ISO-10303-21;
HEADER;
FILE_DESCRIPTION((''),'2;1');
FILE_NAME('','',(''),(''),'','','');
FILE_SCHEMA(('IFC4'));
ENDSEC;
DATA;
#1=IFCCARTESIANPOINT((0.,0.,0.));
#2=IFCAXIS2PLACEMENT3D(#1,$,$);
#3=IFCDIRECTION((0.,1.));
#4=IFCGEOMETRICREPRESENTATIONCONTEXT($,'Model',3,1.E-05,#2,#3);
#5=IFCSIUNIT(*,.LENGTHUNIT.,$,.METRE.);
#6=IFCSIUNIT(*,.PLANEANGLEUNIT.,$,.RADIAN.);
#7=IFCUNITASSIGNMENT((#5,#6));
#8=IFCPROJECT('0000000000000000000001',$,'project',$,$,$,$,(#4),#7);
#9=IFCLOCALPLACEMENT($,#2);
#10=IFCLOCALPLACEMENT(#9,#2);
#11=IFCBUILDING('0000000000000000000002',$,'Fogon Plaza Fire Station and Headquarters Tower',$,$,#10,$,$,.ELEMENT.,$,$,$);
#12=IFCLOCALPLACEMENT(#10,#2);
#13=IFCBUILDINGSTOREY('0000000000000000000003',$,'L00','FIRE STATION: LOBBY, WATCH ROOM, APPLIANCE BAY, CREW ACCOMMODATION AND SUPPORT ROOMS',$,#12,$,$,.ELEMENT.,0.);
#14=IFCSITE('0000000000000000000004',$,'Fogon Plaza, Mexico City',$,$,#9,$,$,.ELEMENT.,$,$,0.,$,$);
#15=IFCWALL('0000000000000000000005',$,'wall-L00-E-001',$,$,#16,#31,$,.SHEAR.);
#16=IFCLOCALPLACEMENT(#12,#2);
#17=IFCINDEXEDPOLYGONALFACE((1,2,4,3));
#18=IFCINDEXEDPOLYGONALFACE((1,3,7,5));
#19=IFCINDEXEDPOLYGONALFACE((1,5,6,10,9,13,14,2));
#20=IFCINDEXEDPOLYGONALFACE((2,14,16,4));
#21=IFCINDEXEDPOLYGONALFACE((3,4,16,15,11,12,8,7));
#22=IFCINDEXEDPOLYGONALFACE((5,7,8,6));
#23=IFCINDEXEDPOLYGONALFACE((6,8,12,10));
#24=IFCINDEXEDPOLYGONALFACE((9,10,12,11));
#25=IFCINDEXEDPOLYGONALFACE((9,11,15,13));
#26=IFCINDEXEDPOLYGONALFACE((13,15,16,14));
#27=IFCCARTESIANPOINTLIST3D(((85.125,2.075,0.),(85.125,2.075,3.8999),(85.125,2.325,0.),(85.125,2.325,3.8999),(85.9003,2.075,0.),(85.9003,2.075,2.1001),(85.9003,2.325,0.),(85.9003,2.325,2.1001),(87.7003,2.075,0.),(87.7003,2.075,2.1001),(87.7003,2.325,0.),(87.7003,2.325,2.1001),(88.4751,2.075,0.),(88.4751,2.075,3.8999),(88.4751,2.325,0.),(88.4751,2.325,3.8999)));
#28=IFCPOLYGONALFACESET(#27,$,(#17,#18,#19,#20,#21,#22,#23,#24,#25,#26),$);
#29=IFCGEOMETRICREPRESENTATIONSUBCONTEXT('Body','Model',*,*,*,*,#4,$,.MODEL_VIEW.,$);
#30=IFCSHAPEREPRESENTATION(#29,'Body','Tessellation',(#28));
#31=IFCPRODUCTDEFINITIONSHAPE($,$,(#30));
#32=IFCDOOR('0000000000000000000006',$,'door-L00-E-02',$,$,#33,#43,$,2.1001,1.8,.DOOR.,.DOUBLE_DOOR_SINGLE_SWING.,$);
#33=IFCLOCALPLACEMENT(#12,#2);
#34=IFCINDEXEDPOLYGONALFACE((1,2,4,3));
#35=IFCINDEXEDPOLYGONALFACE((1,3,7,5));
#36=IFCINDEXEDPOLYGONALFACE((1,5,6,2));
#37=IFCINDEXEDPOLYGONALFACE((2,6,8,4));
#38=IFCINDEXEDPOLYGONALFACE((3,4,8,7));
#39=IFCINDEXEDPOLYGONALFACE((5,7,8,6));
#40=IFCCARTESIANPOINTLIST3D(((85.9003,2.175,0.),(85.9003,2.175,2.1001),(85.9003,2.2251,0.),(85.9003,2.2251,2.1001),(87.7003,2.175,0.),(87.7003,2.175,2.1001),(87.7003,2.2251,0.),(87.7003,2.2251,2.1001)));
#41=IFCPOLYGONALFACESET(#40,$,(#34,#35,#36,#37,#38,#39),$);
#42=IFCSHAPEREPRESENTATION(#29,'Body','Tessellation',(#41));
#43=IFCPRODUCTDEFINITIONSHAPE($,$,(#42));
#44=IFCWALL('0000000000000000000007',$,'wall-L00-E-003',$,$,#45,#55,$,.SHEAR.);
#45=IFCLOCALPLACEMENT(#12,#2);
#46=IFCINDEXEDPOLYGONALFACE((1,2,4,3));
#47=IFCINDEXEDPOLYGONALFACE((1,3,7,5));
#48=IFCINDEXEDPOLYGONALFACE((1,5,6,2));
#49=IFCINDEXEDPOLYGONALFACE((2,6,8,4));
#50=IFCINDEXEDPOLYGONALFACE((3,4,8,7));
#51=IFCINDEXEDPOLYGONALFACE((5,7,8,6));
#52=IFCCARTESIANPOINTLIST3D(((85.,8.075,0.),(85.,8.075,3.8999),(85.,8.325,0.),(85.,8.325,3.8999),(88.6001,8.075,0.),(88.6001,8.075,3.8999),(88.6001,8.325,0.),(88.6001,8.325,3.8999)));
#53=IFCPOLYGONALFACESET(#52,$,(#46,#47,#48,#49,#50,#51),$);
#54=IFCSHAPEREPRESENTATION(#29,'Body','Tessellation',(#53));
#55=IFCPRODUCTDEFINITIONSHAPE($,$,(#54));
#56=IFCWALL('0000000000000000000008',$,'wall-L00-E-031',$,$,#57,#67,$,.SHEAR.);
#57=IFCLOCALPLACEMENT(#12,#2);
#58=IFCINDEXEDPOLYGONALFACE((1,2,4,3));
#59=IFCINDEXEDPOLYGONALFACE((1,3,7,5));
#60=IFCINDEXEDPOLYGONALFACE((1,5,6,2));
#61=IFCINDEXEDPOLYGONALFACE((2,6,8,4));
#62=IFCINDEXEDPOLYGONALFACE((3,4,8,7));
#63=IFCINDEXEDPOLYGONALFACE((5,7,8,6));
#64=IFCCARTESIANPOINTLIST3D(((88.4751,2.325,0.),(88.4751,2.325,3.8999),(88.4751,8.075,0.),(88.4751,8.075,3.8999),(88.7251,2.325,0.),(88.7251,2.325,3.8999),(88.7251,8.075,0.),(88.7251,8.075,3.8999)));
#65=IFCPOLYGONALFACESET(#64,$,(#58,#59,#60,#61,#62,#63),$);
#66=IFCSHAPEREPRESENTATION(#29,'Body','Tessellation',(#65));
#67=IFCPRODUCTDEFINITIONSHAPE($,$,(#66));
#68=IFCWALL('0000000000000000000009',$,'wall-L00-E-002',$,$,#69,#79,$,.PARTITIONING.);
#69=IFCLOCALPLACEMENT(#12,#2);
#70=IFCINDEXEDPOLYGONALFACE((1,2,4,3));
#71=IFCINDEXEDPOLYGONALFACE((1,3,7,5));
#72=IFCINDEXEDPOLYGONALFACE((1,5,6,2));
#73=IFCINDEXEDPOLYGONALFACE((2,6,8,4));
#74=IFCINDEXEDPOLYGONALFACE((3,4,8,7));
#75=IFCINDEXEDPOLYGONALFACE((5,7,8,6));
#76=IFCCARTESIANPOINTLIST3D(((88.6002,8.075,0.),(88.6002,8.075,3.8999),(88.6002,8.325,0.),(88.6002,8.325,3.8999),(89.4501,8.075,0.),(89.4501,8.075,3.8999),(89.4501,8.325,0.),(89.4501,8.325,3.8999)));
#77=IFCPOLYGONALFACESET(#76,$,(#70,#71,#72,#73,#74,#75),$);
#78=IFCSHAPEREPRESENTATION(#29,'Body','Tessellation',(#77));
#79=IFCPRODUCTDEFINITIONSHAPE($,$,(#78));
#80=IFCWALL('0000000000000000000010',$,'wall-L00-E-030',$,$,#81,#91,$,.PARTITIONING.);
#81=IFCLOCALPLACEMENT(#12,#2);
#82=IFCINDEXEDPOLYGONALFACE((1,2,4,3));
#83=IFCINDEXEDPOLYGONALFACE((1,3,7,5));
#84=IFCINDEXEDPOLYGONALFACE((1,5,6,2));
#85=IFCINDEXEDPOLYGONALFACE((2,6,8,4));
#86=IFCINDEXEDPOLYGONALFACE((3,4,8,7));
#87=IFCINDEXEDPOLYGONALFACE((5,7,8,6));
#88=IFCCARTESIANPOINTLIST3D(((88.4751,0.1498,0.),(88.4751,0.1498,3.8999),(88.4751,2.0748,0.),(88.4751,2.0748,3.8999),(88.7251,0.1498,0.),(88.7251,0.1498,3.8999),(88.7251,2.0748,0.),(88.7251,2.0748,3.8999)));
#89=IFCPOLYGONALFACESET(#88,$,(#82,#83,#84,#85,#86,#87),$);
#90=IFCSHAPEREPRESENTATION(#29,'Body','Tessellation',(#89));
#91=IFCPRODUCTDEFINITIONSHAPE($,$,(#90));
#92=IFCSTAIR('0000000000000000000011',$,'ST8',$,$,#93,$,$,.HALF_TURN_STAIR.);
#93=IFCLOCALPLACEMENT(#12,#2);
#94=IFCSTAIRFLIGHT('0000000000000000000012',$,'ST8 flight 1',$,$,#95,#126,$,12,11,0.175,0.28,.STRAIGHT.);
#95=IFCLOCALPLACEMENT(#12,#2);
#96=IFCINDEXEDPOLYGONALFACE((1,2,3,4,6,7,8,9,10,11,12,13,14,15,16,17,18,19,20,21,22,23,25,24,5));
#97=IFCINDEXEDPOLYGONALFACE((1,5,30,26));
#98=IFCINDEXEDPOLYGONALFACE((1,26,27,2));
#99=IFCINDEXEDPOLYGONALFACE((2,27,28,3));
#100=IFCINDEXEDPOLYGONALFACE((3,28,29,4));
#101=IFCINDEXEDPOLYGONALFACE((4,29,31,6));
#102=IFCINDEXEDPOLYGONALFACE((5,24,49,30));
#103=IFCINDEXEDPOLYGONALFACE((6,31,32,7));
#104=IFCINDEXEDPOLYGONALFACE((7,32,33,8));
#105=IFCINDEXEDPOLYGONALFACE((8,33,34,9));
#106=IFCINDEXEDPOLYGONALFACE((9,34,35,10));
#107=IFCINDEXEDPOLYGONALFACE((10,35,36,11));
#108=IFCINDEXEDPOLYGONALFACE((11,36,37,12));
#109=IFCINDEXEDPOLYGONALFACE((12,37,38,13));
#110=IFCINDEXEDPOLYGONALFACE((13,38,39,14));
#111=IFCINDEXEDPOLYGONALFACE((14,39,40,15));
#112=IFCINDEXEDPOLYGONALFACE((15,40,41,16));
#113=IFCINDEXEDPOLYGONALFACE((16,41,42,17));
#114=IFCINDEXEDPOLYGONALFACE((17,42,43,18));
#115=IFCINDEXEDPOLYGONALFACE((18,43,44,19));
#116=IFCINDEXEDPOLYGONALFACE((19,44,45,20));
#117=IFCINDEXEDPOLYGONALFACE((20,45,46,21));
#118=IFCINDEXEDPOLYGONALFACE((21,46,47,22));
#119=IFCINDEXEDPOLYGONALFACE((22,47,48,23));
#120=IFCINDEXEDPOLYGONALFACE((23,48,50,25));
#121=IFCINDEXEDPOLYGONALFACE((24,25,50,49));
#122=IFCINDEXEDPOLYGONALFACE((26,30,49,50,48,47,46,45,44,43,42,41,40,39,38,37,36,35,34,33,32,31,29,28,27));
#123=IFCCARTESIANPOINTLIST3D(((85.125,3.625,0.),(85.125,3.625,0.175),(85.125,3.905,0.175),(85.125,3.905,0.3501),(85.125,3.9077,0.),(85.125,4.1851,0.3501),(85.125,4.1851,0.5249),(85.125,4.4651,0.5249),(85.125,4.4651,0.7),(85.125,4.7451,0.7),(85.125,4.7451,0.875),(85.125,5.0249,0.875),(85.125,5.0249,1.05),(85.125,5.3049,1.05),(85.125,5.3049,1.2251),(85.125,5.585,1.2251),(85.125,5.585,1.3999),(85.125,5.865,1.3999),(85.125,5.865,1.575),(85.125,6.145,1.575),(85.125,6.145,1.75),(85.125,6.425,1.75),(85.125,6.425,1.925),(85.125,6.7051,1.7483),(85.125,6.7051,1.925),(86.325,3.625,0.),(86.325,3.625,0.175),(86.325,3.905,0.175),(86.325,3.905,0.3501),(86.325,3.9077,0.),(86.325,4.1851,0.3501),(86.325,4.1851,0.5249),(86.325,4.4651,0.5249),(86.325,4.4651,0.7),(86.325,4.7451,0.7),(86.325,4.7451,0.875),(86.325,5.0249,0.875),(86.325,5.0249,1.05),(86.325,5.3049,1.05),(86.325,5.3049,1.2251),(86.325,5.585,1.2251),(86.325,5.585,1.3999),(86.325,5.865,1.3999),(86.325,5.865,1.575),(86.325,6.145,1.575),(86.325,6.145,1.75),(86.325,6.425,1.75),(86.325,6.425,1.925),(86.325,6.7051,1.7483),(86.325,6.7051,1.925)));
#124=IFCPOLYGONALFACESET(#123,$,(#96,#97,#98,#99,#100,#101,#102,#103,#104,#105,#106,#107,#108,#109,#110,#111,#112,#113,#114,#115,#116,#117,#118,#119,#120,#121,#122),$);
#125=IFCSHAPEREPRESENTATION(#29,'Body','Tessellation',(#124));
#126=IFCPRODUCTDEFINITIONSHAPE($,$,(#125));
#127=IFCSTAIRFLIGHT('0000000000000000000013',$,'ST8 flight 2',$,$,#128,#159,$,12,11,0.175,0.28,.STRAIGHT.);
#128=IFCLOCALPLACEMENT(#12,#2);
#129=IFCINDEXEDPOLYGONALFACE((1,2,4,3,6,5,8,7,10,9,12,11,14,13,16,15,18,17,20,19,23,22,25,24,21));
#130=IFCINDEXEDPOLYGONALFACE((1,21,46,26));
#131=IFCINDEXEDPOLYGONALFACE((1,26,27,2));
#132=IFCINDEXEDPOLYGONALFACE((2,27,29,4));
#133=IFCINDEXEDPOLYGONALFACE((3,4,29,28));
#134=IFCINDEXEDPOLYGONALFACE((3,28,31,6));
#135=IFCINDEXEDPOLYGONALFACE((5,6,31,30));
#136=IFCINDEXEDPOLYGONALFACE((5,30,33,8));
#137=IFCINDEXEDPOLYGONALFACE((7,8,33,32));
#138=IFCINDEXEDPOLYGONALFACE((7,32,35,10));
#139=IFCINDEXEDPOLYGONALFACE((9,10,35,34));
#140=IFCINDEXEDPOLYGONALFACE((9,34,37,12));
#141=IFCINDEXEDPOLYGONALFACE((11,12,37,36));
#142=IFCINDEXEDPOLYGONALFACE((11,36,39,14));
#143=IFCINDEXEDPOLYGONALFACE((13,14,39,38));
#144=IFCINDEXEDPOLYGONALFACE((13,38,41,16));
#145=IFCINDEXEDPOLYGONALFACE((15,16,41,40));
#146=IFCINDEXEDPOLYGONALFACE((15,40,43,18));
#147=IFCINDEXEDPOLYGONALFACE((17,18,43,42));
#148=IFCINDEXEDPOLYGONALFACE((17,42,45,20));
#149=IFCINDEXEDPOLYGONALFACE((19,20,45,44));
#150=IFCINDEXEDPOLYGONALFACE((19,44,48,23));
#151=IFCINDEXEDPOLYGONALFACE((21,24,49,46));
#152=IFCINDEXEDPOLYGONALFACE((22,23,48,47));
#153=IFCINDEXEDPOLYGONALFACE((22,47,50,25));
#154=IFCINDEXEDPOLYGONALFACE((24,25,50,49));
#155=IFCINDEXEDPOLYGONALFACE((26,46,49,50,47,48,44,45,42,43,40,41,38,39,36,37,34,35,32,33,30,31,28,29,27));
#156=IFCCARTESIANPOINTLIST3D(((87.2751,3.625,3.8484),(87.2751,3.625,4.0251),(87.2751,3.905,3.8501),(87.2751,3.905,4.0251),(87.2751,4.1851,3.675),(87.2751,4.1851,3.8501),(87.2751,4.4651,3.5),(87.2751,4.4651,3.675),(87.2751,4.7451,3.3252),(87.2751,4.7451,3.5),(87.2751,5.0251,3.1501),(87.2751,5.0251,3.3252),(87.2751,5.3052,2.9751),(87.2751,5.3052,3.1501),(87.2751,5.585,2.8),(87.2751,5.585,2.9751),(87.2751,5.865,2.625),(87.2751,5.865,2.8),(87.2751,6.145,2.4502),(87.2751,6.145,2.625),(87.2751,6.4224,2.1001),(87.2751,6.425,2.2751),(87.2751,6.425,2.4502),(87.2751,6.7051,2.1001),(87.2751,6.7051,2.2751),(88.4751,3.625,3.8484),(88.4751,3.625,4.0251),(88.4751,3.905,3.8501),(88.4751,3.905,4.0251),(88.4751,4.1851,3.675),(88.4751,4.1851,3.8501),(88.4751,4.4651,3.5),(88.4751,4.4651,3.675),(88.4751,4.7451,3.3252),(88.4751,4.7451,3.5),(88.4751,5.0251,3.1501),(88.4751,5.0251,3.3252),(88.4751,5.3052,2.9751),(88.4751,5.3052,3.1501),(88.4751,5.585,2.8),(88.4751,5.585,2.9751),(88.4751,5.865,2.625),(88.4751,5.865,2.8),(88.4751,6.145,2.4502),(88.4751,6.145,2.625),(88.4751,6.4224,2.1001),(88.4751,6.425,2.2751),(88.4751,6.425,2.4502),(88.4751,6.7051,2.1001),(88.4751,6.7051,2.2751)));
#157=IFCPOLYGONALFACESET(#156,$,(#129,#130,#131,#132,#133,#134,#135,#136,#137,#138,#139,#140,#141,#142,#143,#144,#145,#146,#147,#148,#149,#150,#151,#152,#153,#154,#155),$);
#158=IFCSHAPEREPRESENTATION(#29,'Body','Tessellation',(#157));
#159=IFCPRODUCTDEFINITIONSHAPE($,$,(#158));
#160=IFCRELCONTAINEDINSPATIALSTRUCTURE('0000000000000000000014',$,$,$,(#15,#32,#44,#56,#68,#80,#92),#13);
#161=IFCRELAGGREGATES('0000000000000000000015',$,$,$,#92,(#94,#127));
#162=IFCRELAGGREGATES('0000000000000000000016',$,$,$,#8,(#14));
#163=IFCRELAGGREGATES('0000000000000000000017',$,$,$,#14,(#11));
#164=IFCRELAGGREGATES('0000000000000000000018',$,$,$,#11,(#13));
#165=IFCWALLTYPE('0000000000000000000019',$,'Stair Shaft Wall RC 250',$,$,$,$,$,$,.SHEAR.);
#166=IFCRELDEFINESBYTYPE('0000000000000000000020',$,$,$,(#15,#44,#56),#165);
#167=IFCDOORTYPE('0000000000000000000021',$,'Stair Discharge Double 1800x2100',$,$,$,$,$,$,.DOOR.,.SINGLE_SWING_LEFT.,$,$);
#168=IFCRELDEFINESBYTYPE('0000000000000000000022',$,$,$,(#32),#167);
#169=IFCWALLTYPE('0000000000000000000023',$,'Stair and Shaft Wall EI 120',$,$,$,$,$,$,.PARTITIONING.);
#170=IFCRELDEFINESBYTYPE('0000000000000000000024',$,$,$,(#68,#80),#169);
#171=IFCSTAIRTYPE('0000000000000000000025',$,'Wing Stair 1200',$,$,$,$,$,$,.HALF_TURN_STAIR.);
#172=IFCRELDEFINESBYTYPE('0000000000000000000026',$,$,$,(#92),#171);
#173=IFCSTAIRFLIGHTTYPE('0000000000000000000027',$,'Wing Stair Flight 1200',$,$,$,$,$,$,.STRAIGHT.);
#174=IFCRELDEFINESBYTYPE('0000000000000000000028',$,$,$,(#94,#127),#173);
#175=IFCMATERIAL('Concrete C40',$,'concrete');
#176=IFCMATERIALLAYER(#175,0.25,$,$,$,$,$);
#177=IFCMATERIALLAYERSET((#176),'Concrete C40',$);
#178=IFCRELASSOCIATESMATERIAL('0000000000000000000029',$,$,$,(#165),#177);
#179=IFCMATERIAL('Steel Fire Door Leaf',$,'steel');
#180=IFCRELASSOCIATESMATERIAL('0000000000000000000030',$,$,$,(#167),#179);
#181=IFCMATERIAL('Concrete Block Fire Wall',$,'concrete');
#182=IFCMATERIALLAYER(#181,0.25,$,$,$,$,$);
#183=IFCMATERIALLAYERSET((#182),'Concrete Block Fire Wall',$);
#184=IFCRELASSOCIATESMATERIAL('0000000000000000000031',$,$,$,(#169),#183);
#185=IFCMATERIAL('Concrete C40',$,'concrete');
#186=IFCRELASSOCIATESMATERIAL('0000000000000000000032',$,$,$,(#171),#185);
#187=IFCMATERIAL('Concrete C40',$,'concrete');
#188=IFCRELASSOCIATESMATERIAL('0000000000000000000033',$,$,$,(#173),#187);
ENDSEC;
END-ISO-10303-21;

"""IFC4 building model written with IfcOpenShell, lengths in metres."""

from ifc_helpers import new_model, si_unit, direction, frame, frame_2d, origin, place, context, subcontext, project, spatial, polyline, rectangle, outline, extrude, material, layer, layer_set, type_object, element, fill, aggregate, save


model = new_model("IFC4")

# Units and contexts
model_context = context("Model", 3, precision=1e-05, world=origin(), true_north=direction((0.0, 1.0)))
body_context = subcontext(model_context, "Body", "Model", "MODEL_VIEW")
ifc_project = project(units=[si_unit("LENGTHUNIT", "METRE"), si_unit("PLANEANGLEUNIT", "RADIAN")], contexts=[model_context])

# Site, building, storey
site_placement = place(None, origin())
site = spatial("IfcSite", under=ifc_project, at=site_placement, Name="Fogon Plaza, Mexico City", CompositionType="ELEMENT", RefElevation=0.0)
building_placement = place(site_placement, origin())
building = spatial("IfcBuilding", under=site, at=building_placement, Name="Fogon Plaza Fire Station and Headquarters Tower", CompositionType="ELEMENT")
storey_placement = place(building_placement, origin())
storey = spatial("IfcBuildingStorey", under=building, at=storey_placement, Name="L00", Description="FIRE STATION: LOBBY, WATCH ROOM, APPLIANCE BAY, CREW ACCOMMODATION AND SUPPORT ROOMS", CompositionType="ELEMENT", Elevation=0.0)

# Wall, opening, door
ifc_material_1 = material(Name="Concrete C40", Category="concrete")
ifc_layer_1 = layer(ifc_material_1, 0.25)
ifc_layer_set_1 = layer_set([ifc_layer_1], Name="Concrete C40")
wall_type_1 = type_object("IfcWallType", Name="Stair Shaft Wall RC 250", PredefinedType="SHEAR", material=ifc_layer_set_1)
wall_1_placement = place(storey_placement, frame((88.4751, 2.2, 0.0), z_axis=(0.0, 0.0, 1.0), x_axis=(-1.0, 0.0, 0.0)))
wall_1 = element("IfcWall", 1, at=wall_1_placement, inside=storey, type_object=wall_type_1, Name="wall-L00-E-001", PredefinedType="SHEAR", context=body_context, shape_type="SweptSolid", body=[
    extrude(rectangle(XDim=3.3501, YDim=0.25, at=frame_2d((1.675, 0.0))), origin(), (0.0, 0.0, 1.0), 3.8999),
])
opening_1_placement = place(wall_1_placement, frame((0.7749, 0.0, 0.0)))
opening_1 = element("IfcOpeningElement", 2, at=opening_1_placement, cuts=wall_1, PredefinedType="OPENING", context=body_context, shape_type="SweptSolid", body=[
    extrude(rectangle(XDim=1.8, YDim=2.1001, at=frame_2d((0.8999, 1.05))), frame((0.0, 0.135, 0.0), z_axis=(0.0, -1.0, 0.0), x_axis=(1.0, 0.0, 0.0)), (0.0, 0.0, 1.0), 0.27),
])
ifc_material_2 = material(Name="Steel Fire Door Leaf", Category="steel")
door_type_1 = type_object("IfcDoorType", Name="Stair Discharge Double 1800x2100", OperationType="SINGLE_SWING_LEFT", PredefinedType="DOOR", material=ifc_material_2)
door_1_placement = place(opening_1_placement, origin())
door_1 = element("IfcDoor", 3, at=door_1_placement, inside=storey, type_object=door_type_1, Name="door-L00-E-02", OperationType="DOUBLE_DOOR_SINGLE_SWING", OverallHeight=2.1001, OverallWidth=1.8, PredefinedType="DOOR", context=body_context, shape_type="SweptSolid", body=[
    extrude(rectangle(XDim=1.8, YDim=2.1001, at=frame_2d((0.8999, 1.05))), frame((0.0, 0.0249, 0.0), z_axis=(0.0, -1.0, 0.0), x_axis=(1.0, 0.0, 0.0)), (0.0, 0.0, 1.0), 0.05),
])
fill(opening_1, door_1)

# Walls
wall_2_placement = place(storey_placement, frame((88.6001, 8.2, 0.0), z_axis=(0.0, 0.0, 1.0), x_axis=(-1.0, 0.0, 0.0)))
element("IfcWall", 4, at=wall_2_placement, inside=storey, type_object=wall_type_1, Name="wall-L00-E-003", PredefinedType="SHEAR", context=body_context, shape_type="SweptSolid", body=[
    extrude(rectangle(XDim=3.6001, YDim=0.25, at=frame_2d((1.8, 0.0))), origin(), (0.0, 0.0, 1.0), 3.8999),
])
wall_3_placement = place(storey_placement, frame((88.6001, 2.325, 0.0), z_axis=(0.0, 0.0, 1.0), x_axis=(0.0, 1.0, 0.0)))
element("IfcWall", 5, at=wall_3_placement, inside=storey, type_object=wall_type_1, Name="wall-L00-E-031", PredefinedType="SHEAR", context=body_context, shape_type="SweptSolid", body=[
    extrude(rectangle(XDim=5.75, YDim=0.25, at=frame_2d((2.875, 0.0))), origin(), (0.0, 0.0, 1.0), 3.8999),
])
ifc_material_3 = material(Name="Concrete Block Fire Wall", Category="concrete")
ifc_layer_2 = layer(ifc_material_3, 0.25)
ifc_layer_set_2 = layer_set([ifc_layer_2], Name="Concrete Block Fire Wall")
wall_type_2 = type_object("IfcWallType", Name="Stair and Shaft Wall EI 120", PredefinedType="PARTITIONING", material=ifc_layer_set_2)
wall_4_placement = place(storey_placement, frame((89.45, 8.2, 0.0), z_axis=(0.0, 0.0, 1.0), x_axis=(-1.0, 0.0, 0.0)))
element("IfcWall", 6, at=wall_4_placement, inside=storey, type_object=wall_type_2, Name="wall-L00-E-002", PredefinedType="PARTITIONING", context=body_context, shape_type="SweptSolid", body=[
    extrude(rectangle(XDim=0.8499, YDim=0.25, at=frame_2d((0.4248, 0.0))), origin(), (0.0, 0.0, 1.0), 3.8999),
])
wall_5_placement = place(storey_placement, frame((88.6001, 0.1499, 0.0), z_axis=(0.0, 0.0, 1.0), x_axis=(0.0, 1.0, 0.0)))
element("IfcWall", 7, at=wall_5_placement, inside=storey, type_object=wall_type_2, Name="wall-L00-E-030", PredefinedType="PARTITIONING", context=body_context, shape_type="SweptSolid", body=[
    extrude(rectangle(XDim=1.925, YDim=0.25, at=frame_2d((0.9624, 0.0))), origin(), (0.0, 0.0, 1.0), 3.8999),
])

# Stair, stair flights
ifc_material_4 = material(Name="Concrete C40", Category="concrete")
stair_type = type_object("IfcStairType", Name="Wing Stair 1200", PredefinedType="HALF_TURN_STAIR", material=ifc_material_4)
stair_placement = place(storey_placement, origin())
stair = element("IfcStair", 8, at=stair_placement, inside=storey, type_object=stair_type, Name="ST8", PredefinedType="HALF_TURN_STAIR")
ifc_material_5 = material(Name="Concrete C40", Category="concrete")
stair_flight_type = type_object("IfcStairFlightType", Name="Wing Stair Flight 1200", PredefinedType="STRAIGHT", material=ifc_material_5)
stair_flight_1_placement = place(storey_placement, frame((85.7251, 3.625, 0.0), z_axis=(0.0, 0.0, 1.0), x_axis=(0.0, 1.0, 0.0)))
stair_flight_1 = element("IfcStairFlight", 9, at=stair_flight_1_placement, type_object=stair_flight_type, Name="ST8 flight 1", NumberOfRisers=12, NumberOfTreads=11, PredefinedType="STRAIGHT", RiserHeight=0.175, TreadLength=0.28, context=body_context, shape_type="SweptSolid", body=[
    extrude(outline(polyline([(0.0, 0.0), (0.0, 0.175), (0.28, 0.175), (0.28, 0.3501), (0.5601, 0.3501), (0.5601, 0.5249), (0.8401, 0.5249), (0.8401, 0.7), (1.1201, 0.7), (1.1201, 0.875), (1.3999, 0.875), (1.3999, 1.05), (1.6799, 1.05), (1.6799, 1.2251), (1.96, 1.2251), (1.96, 1.3999), (2.24, 1.3999), (2.24, 1.575), (2.52, 1.575), (2.52, 1.75), (2.8, 1.75), (2.8, 1.925), (3.0801, 1.925), (3.0801, 2.1001), (3.0801, 1.7483), (0.2827, 0.0), (0.0, 0.0)])), frame((0.0, 0.6001, 0.0), z_axis=(0.0, -1.0, 0.0), x_axis=(1.0, 0.0, 0.0)), (0.0, 0.0, 1.0), 1.2),
])
stair_flight_2_placement = place(storey_placement, frame((87.875, 6.7051, 2.1001), z_axis=(0.0, 0.0, 1.0), x_axis=(0.0, -1.0, 0.0)))
stair_flight_2 = element("IfcStairFlight", 10, at=stair_flight_2_placement, type_object=stair_flight_type, Name="ST8 flight 2", NumberOfRisers=12, NumberOfTreads=11, PredefinedType="STRAIGHT", RiserHeight=0.175, TreadLength=0.28, context=body_context, shape_type="SweptSolid", body=[
    extrude(outline(polyline([(0.0, 0.0), (0.0, 0.175), (0.28, 0.175), (0.28, 0.3501), (0.5601, 0.3501), (0.5601, 0.5249), (0.8401, 0.5249), (0.8401, 0.7), (1.1201, 0.7), (1.1201, 0.875), (1.3999, 0.875), (1.3999, 1.05), (1.6799, 1.05), (1.6799, 1.2251), (1.96, 1.2251), (1.96, 1.3999), (2.24, 1.3999), (2.24, 1.575), (2.52, 1.575), (2.52, 1.75), (2.8, 1.75), (2.8, 1.925), (3.0801, 1.925), (3.0801, 2.1001), (3.0801, 1.7483), (0.2827, 0.0), (0.0, 0.0)])), frame((0.0, 0.6001, 0.0), z_axis=(0.0, -1.0, 0.0), x_axis=(1.0, 0.0, 0.0)), (0.0, 0.0, 1.0), 1.2),
])
aggregate(stair, [stair_flight_1, stair_flight_2])

save(model, "model.ifc")
